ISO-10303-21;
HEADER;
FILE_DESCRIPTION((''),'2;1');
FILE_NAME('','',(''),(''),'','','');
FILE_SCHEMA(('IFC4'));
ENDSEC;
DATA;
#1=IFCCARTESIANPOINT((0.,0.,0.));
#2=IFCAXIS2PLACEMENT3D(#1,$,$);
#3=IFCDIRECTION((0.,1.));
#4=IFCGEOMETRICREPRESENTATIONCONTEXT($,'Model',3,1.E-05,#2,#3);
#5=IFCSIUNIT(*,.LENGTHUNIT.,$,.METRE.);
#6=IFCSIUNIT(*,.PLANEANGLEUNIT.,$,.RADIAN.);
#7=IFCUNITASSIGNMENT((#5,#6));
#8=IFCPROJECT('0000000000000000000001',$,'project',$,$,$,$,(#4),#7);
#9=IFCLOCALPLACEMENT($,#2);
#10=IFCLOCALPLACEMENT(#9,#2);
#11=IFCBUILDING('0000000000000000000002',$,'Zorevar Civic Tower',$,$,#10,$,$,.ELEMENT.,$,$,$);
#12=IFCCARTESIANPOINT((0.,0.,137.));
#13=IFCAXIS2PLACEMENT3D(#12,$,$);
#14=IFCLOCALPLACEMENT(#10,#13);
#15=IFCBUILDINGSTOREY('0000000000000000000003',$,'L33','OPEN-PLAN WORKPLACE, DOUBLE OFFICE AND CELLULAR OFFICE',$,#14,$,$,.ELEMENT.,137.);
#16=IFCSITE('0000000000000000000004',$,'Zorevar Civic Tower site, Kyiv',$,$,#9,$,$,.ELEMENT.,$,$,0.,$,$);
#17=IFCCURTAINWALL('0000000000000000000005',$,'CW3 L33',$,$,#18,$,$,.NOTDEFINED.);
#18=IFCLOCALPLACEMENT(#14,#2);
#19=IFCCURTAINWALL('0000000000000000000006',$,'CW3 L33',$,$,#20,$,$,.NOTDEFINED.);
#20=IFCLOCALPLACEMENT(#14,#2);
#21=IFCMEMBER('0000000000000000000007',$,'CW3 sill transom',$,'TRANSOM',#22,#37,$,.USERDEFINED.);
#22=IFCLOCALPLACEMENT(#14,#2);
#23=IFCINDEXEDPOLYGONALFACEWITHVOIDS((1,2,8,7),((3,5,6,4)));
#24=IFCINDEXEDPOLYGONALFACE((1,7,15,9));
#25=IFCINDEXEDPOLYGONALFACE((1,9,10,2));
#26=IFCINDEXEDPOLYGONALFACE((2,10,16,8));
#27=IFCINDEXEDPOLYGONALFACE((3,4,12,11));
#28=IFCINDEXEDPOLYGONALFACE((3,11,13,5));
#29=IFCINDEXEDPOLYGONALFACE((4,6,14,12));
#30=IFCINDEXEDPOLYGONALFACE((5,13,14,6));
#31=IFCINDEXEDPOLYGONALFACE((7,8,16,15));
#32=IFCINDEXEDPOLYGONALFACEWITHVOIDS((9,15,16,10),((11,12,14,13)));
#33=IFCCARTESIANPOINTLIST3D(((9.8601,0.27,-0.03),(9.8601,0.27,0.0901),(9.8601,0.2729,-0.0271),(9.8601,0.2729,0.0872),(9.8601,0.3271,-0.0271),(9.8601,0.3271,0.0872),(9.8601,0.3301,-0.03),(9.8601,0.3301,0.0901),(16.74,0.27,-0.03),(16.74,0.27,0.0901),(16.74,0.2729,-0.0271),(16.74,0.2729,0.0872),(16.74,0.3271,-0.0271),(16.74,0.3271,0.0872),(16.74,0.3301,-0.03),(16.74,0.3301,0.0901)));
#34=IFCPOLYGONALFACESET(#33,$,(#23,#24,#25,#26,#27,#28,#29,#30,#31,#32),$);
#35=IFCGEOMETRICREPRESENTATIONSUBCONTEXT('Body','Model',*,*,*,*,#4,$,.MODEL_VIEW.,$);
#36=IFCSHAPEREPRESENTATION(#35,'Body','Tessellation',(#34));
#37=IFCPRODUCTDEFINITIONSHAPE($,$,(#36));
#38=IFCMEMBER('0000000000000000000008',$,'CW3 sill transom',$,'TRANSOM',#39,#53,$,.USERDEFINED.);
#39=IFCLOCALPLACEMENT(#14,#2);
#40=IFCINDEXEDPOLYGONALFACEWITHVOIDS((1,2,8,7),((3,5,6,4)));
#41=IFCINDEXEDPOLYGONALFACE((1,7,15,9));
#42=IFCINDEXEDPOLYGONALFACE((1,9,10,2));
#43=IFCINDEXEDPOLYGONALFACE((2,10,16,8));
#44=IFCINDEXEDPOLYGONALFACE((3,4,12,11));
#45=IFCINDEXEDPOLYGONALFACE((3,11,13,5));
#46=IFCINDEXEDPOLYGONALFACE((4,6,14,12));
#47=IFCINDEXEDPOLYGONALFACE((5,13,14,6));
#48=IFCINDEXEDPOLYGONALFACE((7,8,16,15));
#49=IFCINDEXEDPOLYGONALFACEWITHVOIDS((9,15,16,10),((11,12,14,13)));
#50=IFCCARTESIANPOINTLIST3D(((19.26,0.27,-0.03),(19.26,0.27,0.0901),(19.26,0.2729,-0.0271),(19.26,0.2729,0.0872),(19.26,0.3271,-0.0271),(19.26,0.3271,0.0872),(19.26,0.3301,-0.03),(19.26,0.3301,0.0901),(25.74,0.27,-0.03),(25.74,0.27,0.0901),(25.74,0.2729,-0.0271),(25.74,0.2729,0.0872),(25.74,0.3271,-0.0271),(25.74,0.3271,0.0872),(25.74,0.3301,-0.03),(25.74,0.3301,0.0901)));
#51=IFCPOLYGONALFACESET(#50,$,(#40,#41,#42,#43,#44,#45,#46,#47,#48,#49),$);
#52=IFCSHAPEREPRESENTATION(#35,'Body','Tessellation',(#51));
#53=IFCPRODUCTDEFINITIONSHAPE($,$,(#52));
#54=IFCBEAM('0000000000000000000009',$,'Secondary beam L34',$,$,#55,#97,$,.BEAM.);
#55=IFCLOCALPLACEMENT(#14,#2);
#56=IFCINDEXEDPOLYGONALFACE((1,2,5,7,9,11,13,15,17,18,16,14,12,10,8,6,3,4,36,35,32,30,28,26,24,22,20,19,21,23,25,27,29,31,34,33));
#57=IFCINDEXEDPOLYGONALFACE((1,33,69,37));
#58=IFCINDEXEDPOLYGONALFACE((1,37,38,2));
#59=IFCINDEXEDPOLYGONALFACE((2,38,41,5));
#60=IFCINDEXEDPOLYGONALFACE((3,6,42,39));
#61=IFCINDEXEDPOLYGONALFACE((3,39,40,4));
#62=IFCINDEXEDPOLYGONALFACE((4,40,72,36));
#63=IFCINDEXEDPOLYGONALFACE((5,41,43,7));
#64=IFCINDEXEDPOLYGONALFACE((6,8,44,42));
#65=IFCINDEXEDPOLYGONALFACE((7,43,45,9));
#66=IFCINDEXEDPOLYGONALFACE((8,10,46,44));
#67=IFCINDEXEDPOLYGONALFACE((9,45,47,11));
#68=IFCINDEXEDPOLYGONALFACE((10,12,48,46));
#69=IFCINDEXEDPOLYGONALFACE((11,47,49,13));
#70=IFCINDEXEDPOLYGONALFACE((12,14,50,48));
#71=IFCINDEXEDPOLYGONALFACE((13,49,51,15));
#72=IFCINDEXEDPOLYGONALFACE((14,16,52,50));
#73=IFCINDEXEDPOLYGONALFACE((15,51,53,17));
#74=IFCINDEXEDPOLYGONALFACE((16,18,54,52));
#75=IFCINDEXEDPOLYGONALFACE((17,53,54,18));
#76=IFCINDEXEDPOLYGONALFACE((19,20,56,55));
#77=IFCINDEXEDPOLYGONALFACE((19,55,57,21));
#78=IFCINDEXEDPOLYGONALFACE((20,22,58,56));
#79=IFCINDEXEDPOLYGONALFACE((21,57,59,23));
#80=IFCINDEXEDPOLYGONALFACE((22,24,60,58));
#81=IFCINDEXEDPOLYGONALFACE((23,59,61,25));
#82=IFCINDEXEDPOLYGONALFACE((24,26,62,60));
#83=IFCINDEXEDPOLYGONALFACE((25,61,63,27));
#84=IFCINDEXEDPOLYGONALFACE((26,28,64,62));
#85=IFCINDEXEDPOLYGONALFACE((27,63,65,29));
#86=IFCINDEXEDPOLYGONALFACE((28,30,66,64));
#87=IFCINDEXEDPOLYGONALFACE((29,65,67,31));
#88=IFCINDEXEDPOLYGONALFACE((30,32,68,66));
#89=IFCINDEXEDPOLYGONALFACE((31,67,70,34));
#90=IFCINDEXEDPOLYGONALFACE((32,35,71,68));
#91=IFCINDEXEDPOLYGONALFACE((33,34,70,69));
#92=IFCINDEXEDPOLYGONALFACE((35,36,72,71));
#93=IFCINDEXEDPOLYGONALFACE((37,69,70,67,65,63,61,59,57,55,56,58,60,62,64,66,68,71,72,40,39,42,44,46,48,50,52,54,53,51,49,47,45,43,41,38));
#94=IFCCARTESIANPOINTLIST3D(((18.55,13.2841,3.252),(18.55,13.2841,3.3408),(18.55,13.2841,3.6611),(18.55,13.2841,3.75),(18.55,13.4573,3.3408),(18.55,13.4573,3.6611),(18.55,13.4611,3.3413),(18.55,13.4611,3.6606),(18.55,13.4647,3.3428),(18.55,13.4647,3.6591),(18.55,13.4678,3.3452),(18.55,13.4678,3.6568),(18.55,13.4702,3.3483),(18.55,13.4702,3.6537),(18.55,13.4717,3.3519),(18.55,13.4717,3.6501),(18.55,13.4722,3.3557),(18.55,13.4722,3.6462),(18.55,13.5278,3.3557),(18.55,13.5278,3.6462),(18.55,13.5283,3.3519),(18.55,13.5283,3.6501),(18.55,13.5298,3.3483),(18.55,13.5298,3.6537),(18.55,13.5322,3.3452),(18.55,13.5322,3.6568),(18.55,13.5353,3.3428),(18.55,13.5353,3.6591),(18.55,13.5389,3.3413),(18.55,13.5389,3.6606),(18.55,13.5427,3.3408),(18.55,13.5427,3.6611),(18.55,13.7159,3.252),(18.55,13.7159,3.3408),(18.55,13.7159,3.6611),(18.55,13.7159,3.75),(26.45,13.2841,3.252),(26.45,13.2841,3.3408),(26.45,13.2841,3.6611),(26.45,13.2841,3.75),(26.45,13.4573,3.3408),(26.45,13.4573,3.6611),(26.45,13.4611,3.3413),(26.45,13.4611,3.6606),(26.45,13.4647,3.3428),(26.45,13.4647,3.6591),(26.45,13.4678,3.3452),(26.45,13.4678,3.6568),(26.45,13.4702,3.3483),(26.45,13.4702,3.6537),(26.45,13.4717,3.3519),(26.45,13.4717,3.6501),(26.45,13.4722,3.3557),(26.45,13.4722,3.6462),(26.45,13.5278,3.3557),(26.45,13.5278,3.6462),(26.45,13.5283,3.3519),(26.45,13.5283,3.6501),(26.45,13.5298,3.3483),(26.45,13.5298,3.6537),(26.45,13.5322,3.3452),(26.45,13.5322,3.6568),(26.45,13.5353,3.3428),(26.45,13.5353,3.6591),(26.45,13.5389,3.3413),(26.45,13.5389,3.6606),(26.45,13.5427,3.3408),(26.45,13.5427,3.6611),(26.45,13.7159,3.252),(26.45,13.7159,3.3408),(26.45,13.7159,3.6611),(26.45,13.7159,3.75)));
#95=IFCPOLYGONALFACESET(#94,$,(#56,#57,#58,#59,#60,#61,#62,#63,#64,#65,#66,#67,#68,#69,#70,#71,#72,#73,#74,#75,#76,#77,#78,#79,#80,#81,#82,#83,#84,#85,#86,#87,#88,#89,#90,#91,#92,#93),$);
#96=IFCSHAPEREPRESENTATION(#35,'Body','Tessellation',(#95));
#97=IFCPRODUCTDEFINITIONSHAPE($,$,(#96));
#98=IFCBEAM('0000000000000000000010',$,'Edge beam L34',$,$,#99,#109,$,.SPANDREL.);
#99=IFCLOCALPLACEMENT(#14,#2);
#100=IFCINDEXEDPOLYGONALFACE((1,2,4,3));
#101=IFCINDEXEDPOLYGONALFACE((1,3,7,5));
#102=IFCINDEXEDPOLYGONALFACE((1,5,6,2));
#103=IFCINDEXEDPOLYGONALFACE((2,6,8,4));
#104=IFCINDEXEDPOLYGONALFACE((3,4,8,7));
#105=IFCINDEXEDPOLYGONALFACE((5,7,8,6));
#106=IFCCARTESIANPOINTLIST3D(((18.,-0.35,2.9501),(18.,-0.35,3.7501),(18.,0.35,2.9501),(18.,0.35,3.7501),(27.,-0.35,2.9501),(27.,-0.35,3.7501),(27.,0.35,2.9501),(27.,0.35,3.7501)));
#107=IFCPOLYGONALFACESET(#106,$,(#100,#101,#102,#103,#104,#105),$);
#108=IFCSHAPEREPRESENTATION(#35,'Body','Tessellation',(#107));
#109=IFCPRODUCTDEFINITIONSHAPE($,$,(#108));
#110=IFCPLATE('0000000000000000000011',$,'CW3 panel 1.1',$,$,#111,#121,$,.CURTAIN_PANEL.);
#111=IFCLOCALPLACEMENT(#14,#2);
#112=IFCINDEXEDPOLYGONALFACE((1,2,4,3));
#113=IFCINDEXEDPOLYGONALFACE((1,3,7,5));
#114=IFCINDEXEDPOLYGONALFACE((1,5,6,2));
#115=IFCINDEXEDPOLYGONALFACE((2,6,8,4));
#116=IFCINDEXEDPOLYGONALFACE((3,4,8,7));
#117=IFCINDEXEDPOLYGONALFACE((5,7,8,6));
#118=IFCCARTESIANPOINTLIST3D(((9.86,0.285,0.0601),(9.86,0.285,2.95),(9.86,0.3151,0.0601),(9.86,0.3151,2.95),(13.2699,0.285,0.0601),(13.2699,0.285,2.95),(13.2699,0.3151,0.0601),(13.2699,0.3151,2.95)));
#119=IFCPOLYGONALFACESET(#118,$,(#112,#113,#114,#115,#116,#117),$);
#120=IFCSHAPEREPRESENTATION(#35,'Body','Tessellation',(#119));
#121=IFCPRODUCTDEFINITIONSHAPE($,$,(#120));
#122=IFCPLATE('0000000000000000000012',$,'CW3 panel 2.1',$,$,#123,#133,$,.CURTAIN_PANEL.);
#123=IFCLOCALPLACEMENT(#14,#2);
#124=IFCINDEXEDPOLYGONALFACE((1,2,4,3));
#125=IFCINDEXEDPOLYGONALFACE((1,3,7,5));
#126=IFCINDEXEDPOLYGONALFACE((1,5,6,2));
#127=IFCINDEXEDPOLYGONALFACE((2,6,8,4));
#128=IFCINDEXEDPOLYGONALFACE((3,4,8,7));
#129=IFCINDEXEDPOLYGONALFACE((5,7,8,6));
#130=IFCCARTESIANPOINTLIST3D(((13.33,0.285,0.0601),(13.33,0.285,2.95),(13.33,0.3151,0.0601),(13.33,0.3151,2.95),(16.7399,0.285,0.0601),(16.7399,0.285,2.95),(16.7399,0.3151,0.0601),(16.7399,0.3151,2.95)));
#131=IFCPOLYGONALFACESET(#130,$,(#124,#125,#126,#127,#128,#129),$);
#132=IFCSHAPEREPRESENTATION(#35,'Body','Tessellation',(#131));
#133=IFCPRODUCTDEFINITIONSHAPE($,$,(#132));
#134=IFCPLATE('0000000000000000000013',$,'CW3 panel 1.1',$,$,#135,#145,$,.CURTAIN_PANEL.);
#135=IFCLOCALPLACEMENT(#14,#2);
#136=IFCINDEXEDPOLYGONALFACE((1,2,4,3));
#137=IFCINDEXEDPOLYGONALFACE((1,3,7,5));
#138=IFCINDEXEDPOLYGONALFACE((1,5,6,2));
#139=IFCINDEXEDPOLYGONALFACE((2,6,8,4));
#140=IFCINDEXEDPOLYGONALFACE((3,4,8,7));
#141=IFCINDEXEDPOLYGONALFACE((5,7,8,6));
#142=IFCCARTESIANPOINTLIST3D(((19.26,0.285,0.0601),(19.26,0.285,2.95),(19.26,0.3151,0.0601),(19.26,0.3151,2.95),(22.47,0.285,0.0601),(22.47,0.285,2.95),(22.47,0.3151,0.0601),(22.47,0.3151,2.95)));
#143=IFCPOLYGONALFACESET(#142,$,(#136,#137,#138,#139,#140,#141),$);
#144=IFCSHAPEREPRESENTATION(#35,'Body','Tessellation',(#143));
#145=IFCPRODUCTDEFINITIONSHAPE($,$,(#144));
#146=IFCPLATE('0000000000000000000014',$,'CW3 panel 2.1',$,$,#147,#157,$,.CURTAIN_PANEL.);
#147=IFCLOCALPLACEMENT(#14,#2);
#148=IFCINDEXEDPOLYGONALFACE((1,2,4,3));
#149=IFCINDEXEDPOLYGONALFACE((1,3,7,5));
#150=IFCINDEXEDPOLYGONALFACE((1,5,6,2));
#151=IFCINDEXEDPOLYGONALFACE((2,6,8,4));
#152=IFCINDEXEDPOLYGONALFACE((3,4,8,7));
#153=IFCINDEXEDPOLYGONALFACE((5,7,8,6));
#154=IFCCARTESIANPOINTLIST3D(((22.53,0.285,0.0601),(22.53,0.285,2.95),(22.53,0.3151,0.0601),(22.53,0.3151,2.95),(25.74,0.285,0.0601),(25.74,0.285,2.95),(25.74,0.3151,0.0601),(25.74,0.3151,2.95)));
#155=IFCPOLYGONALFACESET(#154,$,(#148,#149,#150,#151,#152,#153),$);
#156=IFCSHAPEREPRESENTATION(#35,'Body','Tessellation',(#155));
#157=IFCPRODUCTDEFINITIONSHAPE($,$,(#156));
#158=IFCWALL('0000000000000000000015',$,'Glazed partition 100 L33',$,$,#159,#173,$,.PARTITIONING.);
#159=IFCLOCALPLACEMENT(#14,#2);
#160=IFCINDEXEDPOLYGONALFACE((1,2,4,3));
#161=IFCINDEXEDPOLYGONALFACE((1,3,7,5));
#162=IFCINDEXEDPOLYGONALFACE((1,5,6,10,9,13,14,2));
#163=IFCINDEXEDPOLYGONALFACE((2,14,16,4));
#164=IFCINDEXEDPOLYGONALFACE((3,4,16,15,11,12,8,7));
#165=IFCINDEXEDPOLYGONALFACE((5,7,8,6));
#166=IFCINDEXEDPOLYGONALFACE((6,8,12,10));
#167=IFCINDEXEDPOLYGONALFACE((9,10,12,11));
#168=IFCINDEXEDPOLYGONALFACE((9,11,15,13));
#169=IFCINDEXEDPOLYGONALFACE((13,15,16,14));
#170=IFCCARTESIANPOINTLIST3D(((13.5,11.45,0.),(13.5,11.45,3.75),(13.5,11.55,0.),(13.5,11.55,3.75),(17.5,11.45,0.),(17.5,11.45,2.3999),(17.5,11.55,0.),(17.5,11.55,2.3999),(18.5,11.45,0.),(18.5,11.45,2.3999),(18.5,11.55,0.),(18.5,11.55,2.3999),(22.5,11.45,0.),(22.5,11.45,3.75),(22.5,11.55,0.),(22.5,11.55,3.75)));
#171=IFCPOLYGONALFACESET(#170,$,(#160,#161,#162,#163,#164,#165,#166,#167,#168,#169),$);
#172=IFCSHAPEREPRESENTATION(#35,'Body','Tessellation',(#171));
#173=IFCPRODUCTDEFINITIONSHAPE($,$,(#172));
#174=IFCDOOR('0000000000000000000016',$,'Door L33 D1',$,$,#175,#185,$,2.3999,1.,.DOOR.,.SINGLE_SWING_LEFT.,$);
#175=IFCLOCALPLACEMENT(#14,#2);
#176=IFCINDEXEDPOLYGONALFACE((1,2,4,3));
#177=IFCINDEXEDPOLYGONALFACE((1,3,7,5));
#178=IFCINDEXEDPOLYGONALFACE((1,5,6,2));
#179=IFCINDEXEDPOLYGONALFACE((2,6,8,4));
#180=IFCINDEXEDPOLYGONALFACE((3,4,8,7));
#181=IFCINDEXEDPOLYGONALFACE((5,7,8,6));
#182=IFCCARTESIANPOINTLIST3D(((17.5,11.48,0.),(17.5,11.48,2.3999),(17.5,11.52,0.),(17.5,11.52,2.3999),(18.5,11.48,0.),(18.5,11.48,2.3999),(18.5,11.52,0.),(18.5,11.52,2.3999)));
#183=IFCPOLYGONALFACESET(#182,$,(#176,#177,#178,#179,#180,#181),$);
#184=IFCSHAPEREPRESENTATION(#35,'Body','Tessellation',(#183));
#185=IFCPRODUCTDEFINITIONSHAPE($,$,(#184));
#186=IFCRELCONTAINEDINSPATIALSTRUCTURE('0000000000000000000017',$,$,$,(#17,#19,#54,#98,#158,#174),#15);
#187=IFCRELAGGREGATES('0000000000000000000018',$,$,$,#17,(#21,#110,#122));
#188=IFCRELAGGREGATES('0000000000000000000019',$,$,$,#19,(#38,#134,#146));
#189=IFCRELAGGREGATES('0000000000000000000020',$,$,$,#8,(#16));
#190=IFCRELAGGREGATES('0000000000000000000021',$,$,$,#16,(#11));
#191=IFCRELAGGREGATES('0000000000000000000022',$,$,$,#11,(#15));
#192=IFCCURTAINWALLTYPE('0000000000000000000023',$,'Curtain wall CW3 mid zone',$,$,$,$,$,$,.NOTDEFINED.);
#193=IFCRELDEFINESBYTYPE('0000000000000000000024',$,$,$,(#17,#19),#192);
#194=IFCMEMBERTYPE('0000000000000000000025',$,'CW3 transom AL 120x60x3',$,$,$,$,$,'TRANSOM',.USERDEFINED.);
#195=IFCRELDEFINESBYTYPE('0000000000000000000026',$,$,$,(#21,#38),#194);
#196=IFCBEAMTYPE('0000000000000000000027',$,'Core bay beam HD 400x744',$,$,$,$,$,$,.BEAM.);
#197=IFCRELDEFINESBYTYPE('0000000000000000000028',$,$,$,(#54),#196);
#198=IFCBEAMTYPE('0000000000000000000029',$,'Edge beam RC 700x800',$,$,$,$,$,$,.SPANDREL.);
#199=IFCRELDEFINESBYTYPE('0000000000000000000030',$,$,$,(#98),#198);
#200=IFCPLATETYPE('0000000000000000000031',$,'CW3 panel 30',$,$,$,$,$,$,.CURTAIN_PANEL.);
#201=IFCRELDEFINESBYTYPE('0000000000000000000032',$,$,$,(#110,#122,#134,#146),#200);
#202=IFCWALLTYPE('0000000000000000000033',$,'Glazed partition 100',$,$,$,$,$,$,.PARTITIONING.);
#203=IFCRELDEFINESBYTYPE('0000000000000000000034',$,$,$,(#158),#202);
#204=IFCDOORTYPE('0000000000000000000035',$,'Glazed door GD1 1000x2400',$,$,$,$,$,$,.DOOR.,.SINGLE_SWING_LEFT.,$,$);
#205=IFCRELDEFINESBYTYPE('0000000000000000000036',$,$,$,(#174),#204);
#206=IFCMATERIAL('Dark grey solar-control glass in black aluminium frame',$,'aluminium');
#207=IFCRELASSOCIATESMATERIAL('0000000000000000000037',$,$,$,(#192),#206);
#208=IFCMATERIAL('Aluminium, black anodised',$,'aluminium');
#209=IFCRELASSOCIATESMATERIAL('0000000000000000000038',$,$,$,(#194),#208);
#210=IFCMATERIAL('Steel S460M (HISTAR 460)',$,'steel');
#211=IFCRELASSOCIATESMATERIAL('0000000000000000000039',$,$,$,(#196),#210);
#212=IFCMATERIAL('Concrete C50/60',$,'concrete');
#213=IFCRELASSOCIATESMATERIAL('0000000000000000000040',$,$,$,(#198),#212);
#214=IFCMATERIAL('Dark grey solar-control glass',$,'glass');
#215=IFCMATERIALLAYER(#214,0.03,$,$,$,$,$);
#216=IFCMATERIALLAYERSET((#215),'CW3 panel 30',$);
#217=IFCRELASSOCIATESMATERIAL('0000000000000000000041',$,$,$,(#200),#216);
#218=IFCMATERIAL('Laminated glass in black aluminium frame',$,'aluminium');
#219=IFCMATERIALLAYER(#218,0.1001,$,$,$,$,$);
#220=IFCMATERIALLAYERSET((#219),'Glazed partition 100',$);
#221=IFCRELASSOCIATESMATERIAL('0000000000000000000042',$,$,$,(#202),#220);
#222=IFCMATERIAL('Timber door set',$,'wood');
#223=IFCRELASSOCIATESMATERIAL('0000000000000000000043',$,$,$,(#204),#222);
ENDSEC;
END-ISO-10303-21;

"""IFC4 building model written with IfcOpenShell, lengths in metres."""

from ifc_helpers import new_model, si_unit, direction, frame, frame_2d, origin, origin_2d, place, context, subcontext, project, spatial, rectangle, hollow_rectangle, i_section, extrude, material, layer, layer_set, material_profile, profile_set, type_object, element, fill, aggregate, save


model = new_model("IFC4")

# Units and contexts
model_context = context("Model", 3, precision=1e-05, world=origin(), true_north=direction((0.0, 1.0)))
body_context = subcontext(model_context, "Body", "Model", "MODEL_VIEW")
ifc_project = project(units=[si_unit("LENGTHUNIT", "METRE"), si_unit("PLANEANGLEUNIT", "RADIAN")], contexts=[model_context])

# Site, building, storey
site_placement = place(None, origin())
site = spatial("IfcSite", under=ifc_project, at=site_placement, Name="Zorevar Civic Tower site, Kyiv", CompositionType="ELEMENT", RefElevation=0.0)
building_placement = place(site_placement, origin())
building = spatial("IfcBuilding", under=site, at=building_placement, Name="Zorevar Civic Tower", CompositionType="ELEMENT")
storey_placement = place(building_placement, frame((0.0, 0.0, 137.0)))
storey = spatial("IfcBuildingStorey", under=building, at=storey_placement, Name="L33", Description="OPEN-PLAN WORKPLACE, DOUBLE OFFICE AND CELLULAR OFFICE", CompositionType="ELEMENT", Elevation=137.0)

# Curtain walls
ifc_material_1 = material(Name="Dark grey solar-control glass in black aluminium frame", Category="aluminium")
curtain_wall_type = type_object("IfcCurtainWallType", Name="Curtain wall CW3 mid zone", PredefinedType="NOTDEFINED", material=ifc_material_1)
curtain_wall_1_placement = place(storey_placement, origin())
curtain_wall_1 = element("IfcCurtainWall", 1, at=curtain_wall_1_placement, inside=storey, type_object=curtain_wall_type, Name="CW3 L33", PredefinedType="NOTDEFINED")
curtain_wall_2_placement = place(storey_placement, origin())
curtain_wall_2 = element("IfcCurtainWall", 2, at=curtain_wall_2_placement, inside=storey, type_object=curtain_wall_type, Name="CW3 L33", PredefinedType="NOTDEFINED")

# Members
ifc_material_2 = material(Name="Aluminium, black anodised", Category="aluminium")
ifc_material_profile_1 = material_profile(ifc_material_2, hollow_rectangle(XDim=0.0601, YDim=0.1201, WallThickness=0.0029, at=origin_2d()), Name="AL 120x60x3")
ifc_profile_set_1 = profile_set([ifc_material_profile_1], Name="Aluminium, black anodised")
member_type_1 = type_object("IfcMemberType", Name="CW3 transom AL 120x60x3", ElementType="TRANSOM", PredefinedType="USERDEFINED", material=ifc_profile_set_1)
member_1_placement = place(storey_placement, frame((9.8601, 0.3, 0.03), z_axis=(1.0, 0.0, 0.0), x_axis=(0.0, 1.0, 0.0)))
member_1 = element("IfcMember", 3, at=member_1_placement, type_object=member_type_1, Name="CW3 sill transom", ObjectType="TRANSOM", PredefinedType="USERDEFINED", context=body_context, shape_type="SweptSolid", body=[
    extrude(hollow_rectangle(XDim=0.0601, YDim=0.1201, WallThickness=0.0029, at=origin_2d()), origin(), (0.0, 0.0, 1.0), 6.8799),
])
member_2_placement = place(storey_placement, frame((19.26, 0.3, 0.03), z_axis=(1.0, 0.0, 0.0), x_axis=(0.0, 1.0, 0.0)))
member_2 = element("IfcMember", 4, at=member_2_placement, type_object=member_type_1, Name="CW3 sill transom", ObjectType="TRANSOM", PredefinedType="USERDEFINED", context=body_context, shape_type="SweptSolid", body=[
    extrude(hollow_rectangle(XDim=0.0601, YDim=0.1201, WallThickness=0.0029, at=origin_2d()), origin(), (0.0, 0.0, 1.0), 6.48),
])

# Beams
ifc_material_3 = material(Name="Steel S460M (HISTAR 460)", Category="steel")
ifc_material_profile_2 = material_profile(ifc_material_3, i_section(OverallWidth=0.4319, OverallDepth=0.498, WebThickness=0.0557, FlangeThickness=0.0889, FilletRadius=0.0149, at=origin_2d()), Name="HD 400x744")
ifc_profile_set_2 = profile_set([ifc_material_profile_2], Name="Steel S460M (HISTAR 460)")
beam_type_1 = type_object("IfcBeamType", Name="Core bay beam HD 400x744", PredefinedType="BEAM", material=ifc_profile_set_2)
beam_1_placement = place(storey_placement, frame((18.55, 13.5, 3.501), z_axis=(1.0, 0.0, 0.0), x_axis=(0.0, 1.0, 0.0)))
element("IfcBeam", 5, at=beam_1_placement, inside=storey, type_object=beam_type_1, Name="Secondary beam L34", PredefinedType="BEAM", context=body_context, shape_type="SweptSolid", body=[
    extrude(i_section(OverallWidth=0.4319, OverallDepth=0.498, WebThickness=0.0557, FlangeThickness=0.0889, FilletRadius=0.0149, at=origin_2d()), origin(), (0.0, 0.0, 1.0), 7.8999),
])
ifc_material_4 = material(Name="Concrete C50/60", Category="concrete")
ifc_material_profile_3 = material_profile(ifc_material_4, rectangle(XDim=0.7, YDim=0.8, at=origin_2d()), Name="RC 700x800")
ifc_profile_set_3 = profile_set([ifc_material_profile_3], Name="Concrete C50/60")
beam_type_2 = type_object("IfcBeamType", Name="Edge beam RC 700x800", PredefinedType="SPANDREL", material=ifc_profile_set_3)
beam_2_placement = place(storey_placement, frame((18.0, 0.0, 3.3501), z_axis=(1.0, 0.0, 0.0), x_axis=(0.0, 1.0, 0.0)))
element("IfcBeam", 6, at=beam_2_placement, inside=storey, type_object=beam_type_2, Name="Edge beam L34", PredefinedType="SPANDREL", context=body_context, shape_type="SweptSolid", body=[
    extrude(rectangle(XDim=0.7, YDim=0.8, at=origin_2d()), origin(), (0.0, 0.0, 1.0), 9.0),
])

# Plates
ifc_material_5 = material(Name="Dark grey solar-control glass", Category="glass")
ifc_layer_1 = layer(ifc_material_5, 0.03)
ifc_layer_set_1 = layer_set([ifc_layer_1], Name="CW3 panel 30")
plate_type = type_object("IfcPlateType", Name="CW3 panel 30", PredefinedType="CURTAIN_PANEL", material=ifc_layer_set_1)
plate_1_placement = place(storey_placement, frame((11.5649, 0.3, 0.0601), z_axis=(0.0, 0.0, 1.0), x_axis=(1.0, 0.0, 0.0)))
plate_1 = element("IfcPlate", 7, at=plate_1_placement, type_object=plate_type, Name="CW3 panel 1.1", PredefinedType="CURTAIN_PANEL", context=body_context, shape_type="SweptSolid", body=[
    extrude(rectangle(XDim=3.4099, YDim=0.03, at=origin_2d()), origin(), (0.0, 0.0, 1.0), 2.8899),
])
plate_2_placement = place(storey_placement, frame((15.0349, 0.3, 0.0601), z_axis=(0.0, 0.0, 1.0), x_axis=(1.0, 0.0, 0.0)))
plate_2 = element("IfcPlate", 8, at=plate_2_placement, type_object=plate_type, Name="CW3 panel 2.1", PredefinedType="CURTAIN_PANEL", context=body_context, shape_type="SweptSolid", body=[
    extrude(rectangle(XDim=3.4099, YDim=0.03, at=origin_2d()), origin(), (0.0, 0.0, 1.0), 2.8899),
])
aggregate(curtain_wall_1, [member_1, plate_1, plate_2])
plate_3_placement = place(storey_placement, frame((20.865, 0.3, 0.0601), z_axis=(0.0, 0.0, 1.0), x_axis=(1.0, 0.0, 0.0)))
plate_3 = element("IfcPlate", 9, at=plate_3_placement, type_object=plate_type, Name="CW3 panel 1.1", PredefinedType="CURTAIN_PANEL", context=body_context, shape_type="SweptSolid", body=[
    extrude(rectangle(XDim=3.21, YDim=0.03, at=origin_2d()), origin(), (0.0, 0.0, 1.0), 2.8899),
])
plate_4_placement = place(storey_placement, frame((24.135, 0.3, 0.0601), z_axis=(0.0, 0.0, 1.0), x_axis=(1.0, 0.0, 0.0)))
plate_4 = element("IfcPlate", 10, at=plate_4_placement, type_object=plate_type, Name="CW3 panel 2.1", PredefinedType="CURTAIN_PANEL", context=body_context, shape_type="SweptSolid", body=[
    extrude(rectangle(XDim=3.21, YDim=0.03, at=origin_2d()), origin(), (0.0, 0.0, 1.0), 2.8899),
])
aggregate(curtain_wall_2, [member_2, plate_3, plate_4])

# Wall, opening, door
ifc_material_6 = material(Name="Laminated glass in black aluminium frame", Category="aluminium")
ifc_layer_2 = layer(ifc_material_6, 0.1001)
ifc_layer_set_2 = layer_set([ifc_layer_2], Name="Glazed partition 100")
wall_type_1 = type_object("IfcWallType", Name="Glazed partition 100", PredefinedType="PARTITIONING", material=ifc_layer_set_2)
wall_1_placement = place(storey_placement, frame((13.5, 11.5, 0.0), z_axis=(0.0, 0.0, 1.0), x_axis=(1.0, 0.0, 0.0)))
wall_1 = element("IfcWall", 11, at=wall_1_placement, inside=storey, type_object=wall_type_1, Name="Glazed partition 100 L33", PredefinedType="PARTITIONING", context=body_context, shape_type="SweptSolid", body=[
    extrude(rectangle(XDim=9.0, YDim=0.1001, at=frame_2d((4.5, 0.0))), origin(), (0.0, 0.0, 1.0), 3.75),
])
opening_1_placement = place(wall_1_placement, frame((4.0, 0.0, 0.0)))
opening_1 = element("IfcOpeningElement", 12, at=opening_1_placement, cuts=wall_1, PredefinedType="OPENING", context=body_context, shape_type="SweptSolid", body=[
    extrude(rectangle(XDim=1.0, YDim=2.3999, at=frame_2d((0.5, 1.2))), frame((0.0, 0.0601, 0.0), z_axis=(0.0, -1.0, 0.0), x_axis=(1.0, 0.0, 0.0)), (0.0, 0.0, 1.0), 0.1201),
])
ifc_material_7 = material(Name="Timber door set", Category="wood")
door_type_1 = type_object("IfcDoorType", Name="Glazed door GD1 1000x2400", OperationType="SINGLE_SWING_LEFT", PredefinedType="DOOR", material=ifc_material_7)
door_1_placement = place(opening_1_placement, origin())
door_1 = element("IfcDoor", 13, at=door_1_placement, inside=storey, type_object=door_type_1, Name="Door L33 D1", OperationType="SINGLE_SWING_LEFT", OverallHeight=2.3999, OverallWidth=1.0, PredefinedType="DOOR", context=body_context, shape_type="SweptSolid", body=[
    extrude(rectangle(XDim=1.0, YDim=2.3999, at=frame_2d((0.5, 1.2))), frame((0.0, 0.02, 0.0), z_axis=(0.0, -1.0, 0.0), x_axis=(1.0, 0.0, 0.0)), (0.0, 0.0, 1.0), 0.04),
])
fill(opening_1, door_1)

save(model, "model.ifc")
